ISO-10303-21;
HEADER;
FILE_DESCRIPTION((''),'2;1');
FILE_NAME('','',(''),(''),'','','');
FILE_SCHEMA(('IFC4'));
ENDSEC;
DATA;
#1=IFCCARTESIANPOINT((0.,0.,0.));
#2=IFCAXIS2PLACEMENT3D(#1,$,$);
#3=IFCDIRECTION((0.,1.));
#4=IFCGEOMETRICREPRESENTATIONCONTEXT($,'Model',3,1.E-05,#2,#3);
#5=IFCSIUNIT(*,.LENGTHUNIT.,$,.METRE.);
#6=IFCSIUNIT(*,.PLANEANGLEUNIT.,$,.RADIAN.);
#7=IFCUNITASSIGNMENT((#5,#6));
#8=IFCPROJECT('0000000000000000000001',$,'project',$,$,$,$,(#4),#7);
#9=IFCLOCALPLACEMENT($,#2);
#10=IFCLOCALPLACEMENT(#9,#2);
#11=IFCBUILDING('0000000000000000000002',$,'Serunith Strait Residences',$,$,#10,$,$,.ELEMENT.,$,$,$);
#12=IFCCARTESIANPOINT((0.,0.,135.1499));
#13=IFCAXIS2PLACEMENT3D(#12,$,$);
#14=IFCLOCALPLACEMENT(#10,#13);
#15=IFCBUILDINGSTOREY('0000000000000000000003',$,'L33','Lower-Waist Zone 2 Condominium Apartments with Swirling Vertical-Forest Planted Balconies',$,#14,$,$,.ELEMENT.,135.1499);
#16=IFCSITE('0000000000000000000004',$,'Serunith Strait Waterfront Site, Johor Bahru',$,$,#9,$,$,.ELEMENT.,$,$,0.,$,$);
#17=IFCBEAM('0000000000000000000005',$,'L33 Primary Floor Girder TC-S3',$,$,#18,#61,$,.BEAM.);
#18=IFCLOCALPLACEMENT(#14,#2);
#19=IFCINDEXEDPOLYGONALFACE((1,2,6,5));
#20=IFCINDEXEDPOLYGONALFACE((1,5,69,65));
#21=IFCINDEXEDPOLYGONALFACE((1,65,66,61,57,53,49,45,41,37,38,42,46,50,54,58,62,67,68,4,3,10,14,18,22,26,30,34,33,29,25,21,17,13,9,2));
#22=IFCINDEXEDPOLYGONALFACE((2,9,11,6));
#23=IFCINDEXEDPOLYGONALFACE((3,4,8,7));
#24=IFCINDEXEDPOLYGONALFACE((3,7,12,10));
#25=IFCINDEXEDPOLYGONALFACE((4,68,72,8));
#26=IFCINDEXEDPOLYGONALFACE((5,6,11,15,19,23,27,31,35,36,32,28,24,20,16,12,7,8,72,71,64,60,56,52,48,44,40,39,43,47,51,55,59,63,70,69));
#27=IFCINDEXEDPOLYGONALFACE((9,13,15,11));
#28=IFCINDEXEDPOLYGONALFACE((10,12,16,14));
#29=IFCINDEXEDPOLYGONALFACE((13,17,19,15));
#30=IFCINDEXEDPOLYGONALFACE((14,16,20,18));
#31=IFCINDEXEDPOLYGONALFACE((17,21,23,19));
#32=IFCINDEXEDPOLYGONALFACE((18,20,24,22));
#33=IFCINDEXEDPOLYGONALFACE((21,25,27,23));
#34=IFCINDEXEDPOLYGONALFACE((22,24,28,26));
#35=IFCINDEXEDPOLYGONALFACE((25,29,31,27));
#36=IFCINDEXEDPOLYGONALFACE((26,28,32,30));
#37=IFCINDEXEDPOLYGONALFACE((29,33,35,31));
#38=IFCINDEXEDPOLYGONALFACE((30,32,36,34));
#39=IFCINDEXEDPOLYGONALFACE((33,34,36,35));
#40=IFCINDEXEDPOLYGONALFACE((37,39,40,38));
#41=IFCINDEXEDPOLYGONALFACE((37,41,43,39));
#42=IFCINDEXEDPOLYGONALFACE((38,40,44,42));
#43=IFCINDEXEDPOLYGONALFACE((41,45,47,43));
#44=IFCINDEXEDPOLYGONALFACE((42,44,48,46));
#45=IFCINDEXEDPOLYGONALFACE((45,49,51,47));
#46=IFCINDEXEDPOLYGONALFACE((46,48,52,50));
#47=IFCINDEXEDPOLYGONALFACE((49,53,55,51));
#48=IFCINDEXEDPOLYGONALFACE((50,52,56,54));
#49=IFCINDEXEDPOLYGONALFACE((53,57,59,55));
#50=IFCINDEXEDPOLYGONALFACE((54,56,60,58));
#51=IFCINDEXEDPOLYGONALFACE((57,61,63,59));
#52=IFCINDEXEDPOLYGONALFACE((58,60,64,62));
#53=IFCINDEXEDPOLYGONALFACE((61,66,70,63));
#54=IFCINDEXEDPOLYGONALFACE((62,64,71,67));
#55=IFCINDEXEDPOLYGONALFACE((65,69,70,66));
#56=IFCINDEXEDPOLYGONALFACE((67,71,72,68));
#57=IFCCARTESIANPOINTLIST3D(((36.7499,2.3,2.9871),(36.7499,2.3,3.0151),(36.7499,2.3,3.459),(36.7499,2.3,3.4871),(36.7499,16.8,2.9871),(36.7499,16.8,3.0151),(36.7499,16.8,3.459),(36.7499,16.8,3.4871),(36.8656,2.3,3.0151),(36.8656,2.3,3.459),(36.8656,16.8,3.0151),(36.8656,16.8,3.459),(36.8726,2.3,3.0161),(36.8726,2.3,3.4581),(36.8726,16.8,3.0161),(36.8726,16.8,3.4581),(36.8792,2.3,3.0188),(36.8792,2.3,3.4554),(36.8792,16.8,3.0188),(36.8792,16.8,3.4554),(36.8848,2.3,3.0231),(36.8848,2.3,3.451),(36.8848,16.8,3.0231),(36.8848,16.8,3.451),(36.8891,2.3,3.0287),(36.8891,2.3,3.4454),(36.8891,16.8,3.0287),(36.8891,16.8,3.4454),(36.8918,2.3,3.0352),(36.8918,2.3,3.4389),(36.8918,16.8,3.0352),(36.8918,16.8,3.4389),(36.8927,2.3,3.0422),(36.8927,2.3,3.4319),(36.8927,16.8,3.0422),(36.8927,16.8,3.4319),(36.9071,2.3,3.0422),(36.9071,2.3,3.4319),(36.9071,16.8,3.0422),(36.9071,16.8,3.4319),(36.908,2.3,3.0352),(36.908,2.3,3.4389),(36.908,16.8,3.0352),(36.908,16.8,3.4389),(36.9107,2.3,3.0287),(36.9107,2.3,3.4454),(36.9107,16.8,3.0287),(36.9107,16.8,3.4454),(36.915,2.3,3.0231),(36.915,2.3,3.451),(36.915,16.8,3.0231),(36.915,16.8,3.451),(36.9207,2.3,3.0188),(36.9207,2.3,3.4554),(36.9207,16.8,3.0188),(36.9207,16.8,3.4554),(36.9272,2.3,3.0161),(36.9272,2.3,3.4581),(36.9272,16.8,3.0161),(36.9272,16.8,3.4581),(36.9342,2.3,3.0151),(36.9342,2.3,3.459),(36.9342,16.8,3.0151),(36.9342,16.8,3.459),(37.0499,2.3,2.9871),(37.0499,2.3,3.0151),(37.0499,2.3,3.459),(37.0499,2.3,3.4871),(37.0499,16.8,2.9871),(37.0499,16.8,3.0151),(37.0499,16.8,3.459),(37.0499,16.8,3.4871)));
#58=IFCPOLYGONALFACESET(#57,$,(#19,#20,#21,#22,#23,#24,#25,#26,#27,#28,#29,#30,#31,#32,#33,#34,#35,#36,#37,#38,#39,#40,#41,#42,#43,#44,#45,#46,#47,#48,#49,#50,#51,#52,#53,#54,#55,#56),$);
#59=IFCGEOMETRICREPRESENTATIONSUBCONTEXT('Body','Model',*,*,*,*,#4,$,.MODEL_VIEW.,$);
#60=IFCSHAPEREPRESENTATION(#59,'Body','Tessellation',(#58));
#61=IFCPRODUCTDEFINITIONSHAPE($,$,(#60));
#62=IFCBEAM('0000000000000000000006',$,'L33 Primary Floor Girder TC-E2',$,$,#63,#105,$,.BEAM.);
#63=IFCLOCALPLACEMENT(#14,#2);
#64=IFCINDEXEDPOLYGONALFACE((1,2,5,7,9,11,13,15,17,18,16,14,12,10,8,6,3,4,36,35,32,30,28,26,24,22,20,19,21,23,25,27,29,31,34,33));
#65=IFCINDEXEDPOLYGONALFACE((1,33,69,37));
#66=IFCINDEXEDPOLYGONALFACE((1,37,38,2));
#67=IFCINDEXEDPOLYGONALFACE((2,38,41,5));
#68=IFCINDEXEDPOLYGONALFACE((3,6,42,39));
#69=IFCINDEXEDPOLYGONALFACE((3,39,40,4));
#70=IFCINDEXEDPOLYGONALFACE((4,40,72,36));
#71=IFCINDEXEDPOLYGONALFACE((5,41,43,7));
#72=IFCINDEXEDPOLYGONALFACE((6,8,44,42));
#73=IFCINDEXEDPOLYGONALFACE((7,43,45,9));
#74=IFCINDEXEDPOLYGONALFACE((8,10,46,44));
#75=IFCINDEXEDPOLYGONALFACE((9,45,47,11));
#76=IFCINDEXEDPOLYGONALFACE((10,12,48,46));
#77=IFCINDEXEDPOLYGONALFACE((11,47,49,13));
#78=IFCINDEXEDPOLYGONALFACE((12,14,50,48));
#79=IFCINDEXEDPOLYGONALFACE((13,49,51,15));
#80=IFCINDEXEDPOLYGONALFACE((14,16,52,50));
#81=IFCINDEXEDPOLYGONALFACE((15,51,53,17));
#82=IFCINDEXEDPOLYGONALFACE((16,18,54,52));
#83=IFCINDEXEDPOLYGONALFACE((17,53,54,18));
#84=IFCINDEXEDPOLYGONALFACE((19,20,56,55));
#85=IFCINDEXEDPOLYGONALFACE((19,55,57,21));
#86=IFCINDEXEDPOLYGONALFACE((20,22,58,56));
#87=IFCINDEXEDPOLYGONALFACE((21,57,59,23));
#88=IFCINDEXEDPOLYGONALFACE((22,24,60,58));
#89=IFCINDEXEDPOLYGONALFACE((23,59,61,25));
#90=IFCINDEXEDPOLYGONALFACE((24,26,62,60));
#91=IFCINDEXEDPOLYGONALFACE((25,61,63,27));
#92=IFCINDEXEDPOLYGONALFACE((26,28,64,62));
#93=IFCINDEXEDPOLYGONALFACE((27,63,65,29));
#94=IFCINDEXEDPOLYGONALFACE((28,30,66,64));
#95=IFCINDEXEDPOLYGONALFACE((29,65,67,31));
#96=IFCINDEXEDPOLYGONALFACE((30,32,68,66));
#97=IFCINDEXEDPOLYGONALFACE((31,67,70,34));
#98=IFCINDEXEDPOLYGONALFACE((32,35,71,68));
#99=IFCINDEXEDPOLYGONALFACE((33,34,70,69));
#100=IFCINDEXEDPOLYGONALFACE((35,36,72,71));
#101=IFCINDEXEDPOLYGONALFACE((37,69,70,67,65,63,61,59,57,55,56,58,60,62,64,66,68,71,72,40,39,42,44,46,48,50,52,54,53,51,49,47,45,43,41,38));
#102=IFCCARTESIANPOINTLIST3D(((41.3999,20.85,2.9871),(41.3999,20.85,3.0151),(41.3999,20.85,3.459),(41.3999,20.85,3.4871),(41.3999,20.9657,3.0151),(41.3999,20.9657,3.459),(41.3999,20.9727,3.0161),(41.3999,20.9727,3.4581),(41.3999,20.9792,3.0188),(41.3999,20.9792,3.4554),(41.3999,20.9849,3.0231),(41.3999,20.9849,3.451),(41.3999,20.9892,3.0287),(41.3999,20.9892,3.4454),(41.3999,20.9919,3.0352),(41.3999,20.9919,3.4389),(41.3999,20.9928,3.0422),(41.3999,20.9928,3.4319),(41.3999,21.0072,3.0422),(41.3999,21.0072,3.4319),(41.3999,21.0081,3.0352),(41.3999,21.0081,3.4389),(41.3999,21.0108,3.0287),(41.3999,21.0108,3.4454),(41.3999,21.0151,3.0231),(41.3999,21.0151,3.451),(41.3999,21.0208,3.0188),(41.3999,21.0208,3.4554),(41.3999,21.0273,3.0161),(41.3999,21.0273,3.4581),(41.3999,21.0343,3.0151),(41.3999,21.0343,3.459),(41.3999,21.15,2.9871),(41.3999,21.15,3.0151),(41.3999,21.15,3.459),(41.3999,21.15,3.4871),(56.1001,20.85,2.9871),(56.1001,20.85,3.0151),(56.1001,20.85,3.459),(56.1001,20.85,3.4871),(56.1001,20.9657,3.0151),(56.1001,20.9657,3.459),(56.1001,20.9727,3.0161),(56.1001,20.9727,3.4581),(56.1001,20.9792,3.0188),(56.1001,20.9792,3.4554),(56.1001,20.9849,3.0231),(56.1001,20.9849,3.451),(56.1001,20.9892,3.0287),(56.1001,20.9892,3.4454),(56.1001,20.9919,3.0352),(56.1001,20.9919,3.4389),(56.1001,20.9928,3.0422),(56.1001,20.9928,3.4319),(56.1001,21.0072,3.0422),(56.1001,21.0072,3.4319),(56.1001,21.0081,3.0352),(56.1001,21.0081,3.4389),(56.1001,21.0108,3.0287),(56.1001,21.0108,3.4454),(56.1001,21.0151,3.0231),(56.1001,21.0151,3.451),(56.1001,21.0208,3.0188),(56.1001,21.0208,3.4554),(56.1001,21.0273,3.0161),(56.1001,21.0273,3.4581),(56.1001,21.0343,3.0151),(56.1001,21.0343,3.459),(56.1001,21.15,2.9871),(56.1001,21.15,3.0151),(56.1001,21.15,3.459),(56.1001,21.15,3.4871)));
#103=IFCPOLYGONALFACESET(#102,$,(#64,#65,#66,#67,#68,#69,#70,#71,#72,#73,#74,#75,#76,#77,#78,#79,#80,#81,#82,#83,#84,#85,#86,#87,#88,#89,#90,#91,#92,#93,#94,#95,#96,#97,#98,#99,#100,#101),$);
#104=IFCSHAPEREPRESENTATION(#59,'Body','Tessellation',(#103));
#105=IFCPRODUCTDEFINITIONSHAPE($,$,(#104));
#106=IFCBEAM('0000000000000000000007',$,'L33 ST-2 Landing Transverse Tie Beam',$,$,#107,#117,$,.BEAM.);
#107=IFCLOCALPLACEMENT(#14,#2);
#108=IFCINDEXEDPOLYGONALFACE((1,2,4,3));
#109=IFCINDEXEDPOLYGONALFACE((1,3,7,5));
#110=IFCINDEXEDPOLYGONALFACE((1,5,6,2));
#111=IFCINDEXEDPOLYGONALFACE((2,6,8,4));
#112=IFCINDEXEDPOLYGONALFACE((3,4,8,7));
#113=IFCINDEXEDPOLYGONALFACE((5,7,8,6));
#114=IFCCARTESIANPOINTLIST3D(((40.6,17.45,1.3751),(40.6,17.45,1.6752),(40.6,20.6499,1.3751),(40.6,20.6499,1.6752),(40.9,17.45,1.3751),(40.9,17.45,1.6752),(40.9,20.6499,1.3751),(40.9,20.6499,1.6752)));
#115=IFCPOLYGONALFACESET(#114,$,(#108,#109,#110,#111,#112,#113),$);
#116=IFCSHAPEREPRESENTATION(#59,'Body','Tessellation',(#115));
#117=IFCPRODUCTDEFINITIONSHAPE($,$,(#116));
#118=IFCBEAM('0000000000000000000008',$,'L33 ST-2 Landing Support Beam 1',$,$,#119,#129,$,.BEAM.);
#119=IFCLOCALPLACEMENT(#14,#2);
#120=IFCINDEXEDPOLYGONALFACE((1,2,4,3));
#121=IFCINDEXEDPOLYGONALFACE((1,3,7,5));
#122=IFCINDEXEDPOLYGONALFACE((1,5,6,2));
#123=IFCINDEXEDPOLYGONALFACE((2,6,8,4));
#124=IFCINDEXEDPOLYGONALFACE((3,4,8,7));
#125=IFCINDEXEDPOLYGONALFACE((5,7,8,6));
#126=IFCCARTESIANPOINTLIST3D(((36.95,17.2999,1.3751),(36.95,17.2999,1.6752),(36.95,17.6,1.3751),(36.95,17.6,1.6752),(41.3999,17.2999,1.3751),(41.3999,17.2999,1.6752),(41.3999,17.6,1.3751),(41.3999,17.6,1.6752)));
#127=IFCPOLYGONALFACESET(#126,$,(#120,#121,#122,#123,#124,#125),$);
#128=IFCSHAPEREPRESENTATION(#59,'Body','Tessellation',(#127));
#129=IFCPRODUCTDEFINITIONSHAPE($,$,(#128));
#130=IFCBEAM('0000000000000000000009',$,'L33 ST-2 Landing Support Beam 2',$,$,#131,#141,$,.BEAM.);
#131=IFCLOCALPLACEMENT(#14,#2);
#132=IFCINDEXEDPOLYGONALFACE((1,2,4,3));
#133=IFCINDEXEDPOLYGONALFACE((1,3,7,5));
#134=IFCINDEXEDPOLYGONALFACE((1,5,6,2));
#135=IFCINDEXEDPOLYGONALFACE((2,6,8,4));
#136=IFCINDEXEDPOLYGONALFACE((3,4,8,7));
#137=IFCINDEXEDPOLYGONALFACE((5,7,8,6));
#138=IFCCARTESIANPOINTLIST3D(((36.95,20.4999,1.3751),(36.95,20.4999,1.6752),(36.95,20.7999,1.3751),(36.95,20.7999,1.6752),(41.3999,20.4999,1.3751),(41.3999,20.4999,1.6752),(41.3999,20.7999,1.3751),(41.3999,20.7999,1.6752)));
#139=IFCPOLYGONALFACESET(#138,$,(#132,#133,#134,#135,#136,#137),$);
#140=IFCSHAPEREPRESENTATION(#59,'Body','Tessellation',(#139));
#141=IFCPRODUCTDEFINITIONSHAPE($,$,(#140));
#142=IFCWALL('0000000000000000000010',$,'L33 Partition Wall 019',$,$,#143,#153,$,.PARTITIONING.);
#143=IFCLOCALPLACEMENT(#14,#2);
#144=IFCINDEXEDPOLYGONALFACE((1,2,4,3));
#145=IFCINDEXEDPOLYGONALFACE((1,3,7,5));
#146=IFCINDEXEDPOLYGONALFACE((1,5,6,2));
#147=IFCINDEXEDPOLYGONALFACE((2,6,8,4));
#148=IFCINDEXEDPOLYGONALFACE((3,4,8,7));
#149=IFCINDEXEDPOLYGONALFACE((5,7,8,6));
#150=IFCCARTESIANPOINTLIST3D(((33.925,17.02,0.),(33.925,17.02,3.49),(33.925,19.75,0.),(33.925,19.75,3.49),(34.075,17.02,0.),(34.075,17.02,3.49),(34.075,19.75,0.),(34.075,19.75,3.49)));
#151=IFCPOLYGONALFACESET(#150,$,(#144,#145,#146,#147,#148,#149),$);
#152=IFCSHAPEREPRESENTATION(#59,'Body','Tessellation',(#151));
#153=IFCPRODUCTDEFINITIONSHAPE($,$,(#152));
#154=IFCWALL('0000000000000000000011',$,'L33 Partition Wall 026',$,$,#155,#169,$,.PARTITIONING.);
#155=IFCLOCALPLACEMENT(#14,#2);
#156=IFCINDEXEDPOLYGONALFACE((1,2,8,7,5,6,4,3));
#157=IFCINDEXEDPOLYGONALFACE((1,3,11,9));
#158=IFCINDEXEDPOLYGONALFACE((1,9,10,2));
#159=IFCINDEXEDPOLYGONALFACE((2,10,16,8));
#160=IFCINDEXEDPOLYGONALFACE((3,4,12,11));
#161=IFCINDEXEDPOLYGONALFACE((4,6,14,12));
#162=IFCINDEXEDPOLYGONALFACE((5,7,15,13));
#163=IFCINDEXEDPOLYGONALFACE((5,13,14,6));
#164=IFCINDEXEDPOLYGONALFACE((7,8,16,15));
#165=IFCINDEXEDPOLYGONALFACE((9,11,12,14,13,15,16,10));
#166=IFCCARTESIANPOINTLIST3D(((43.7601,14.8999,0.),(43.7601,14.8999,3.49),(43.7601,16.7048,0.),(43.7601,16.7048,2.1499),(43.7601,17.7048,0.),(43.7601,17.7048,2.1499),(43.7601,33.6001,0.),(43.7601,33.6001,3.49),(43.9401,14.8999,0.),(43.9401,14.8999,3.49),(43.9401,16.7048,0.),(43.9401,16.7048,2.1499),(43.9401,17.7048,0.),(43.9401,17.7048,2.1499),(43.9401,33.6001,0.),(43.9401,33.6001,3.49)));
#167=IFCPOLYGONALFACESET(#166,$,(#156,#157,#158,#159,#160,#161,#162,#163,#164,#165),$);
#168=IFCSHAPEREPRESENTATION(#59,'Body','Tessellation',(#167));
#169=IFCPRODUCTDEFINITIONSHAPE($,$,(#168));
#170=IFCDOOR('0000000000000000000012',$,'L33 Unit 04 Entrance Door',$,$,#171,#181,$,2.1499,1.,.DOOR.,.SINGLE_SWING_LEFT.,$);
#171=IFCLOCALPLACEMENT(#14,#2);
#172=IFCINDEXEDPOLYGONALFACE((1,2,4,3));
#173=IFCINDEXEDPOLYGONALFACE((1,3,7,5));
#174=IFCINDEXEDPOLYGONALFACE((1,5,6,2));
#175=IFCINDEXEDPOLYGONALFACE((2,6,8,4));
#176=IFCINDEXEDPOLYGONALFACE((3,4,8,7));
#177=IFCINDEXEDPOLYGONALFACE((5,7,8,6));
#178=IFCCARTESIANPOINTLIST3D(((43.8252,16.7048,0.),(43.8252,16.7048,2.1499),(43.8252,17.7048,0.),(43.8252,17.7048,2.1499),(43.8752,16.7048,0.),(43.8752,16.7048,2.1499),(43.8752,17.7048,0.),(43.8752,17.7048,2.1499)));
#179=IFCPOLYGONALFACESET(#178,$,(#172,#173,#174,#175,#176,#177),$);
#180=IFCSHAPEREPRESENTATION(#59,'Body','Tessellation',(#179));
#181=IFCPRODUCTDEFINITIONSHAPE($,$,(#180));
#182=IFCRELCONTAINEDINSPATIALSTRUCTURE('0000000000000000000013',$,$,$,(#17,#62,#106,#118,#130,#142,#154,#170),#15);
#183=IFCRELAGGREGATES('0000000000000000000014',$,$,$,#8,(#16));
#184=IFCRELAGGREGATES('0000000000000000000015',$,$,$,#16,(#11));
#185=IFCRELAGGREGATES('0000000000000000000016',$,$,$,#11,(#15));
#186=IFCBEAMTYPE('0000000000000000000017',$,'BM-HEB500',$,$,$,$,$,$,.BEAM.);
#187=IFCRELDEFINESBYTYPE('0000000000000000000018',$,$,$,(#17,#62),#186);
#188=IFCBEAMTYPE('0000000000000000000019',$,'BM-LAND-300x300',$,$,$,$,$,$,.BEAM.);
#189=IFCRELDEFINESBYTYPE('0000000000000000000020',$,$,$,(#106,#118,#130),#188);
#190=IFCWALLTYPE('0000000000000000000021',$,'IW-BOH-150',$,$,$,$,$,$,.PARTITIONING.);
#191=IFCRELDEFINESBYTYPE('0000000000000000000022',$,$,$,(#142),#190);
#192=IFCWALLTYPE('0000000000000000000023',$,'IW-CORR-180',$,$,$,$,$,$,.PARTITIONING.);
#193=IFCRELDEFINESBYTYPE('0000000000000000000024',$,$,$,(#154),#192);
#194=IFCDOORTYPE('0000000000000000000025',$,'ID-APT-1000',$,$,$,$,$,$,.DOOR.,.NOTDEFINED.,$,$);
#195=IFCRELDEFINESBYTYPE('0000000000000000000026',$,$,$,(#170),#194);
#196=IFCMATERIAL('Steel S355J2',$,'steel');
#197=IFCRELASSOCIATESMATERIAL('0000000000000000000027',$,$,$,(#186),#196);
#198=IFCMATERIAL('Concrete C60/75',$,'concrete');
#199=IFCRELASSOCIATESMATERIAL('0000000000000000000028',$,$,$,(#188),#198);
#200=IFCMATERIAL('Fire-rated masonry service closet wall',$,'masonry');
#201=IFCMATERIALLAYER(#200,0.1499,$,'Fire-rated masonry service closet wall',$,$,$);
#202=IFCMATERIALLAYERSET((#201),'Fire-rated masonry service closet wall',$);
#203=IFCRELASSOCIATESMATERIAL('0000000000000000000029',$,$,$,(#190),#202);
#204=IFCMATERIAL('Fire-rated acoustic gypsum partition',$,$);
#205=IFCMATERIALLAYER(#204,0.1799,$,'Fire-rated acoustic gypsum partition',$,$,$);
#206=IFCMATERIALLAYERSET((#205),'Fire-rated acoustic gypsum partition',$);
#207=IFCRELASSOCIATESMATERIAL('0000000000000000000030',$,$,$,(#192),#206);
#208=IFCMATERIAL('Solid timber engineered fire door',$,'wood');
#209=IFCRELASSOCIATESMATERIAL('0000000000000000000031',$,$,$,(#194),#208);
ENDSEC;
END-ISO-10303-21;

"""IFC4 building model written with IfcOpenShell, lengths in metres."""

from ifc_helpers import new_model, si_unit, direction, frame, frame_2d, origin, origin_2d, place, context, subcontext, project, spatial, rectangle, i_section, extrude, source, transform, mapped, material, layer, layer_set, material_profile, profile_set, type_object, element, fill, save


model = new_model("IFC4")

# Units and contexts
model_context = context("Model", 3, precision=1e-05, world=origin(), true_north=direction((0.0, 1.0)))
body_context = subcontext(model_context, "Body", "Model", "MODEL_VIEW")
ifc_project = project(units=[si_unit("LENGTHUNIT", "METRE"), si_unit("PLANEANGLEUNIT", "RADIAN")], contexts=[model_context])

# Site, building, storey
site_placement = place(None, origin())
site = spatial("IfcSite", under=ifc_project, at=site_placement, Name="Serunith Strait Waterfront Site, Johor Bahru", CompositionType="ELEMENT", RefElevation=0.0)
building_placement = place(site_placement, origin())
building = spatial("IfcBuilding", under=site, at=building_placement, Name="Serunith Strait Residences", CompositionType="ELEMENT")
storey_placement = place(building_placement, frame((0.0, 0.0, 135.1499)))
storey = spatial("IfcBuildingStorey", under=building, at=storey_placement, Name="L33", Description="Lower-Waist Zone 2 Condominium Apartments with Swirling Vertical-Forest Planted Balconies", CompositionType="ELEMENT", Elevation=135.1499)

# Beams
ifc_material_1 = material(Name="Steel S355J2", Category="steel")
ifc_material_profile_1 = material_profile(ifc_material_1, i_section(OverallWidth=0.3, OverallDepth=0.5, WebThickness=0.0144, FlangeThickness=0.0281, FilletRadius=0.0271, at=origin_2d()), Name="HEB 500")
ifc_profile_set_1 = profile_set([ifc_material_profile_1], Name="Steel S355J2")
beam_type_1 = type_object("IfcBeamType", Name="BM-HEB500", PredefinedType="BEAM", material=ifc_profile_set_1)
shared_shape_1 = source(origin(), body_context, "Body", "SweptSolid", [
    extrude(i_section(OverallWidth=0.3, OverallDepth=0.5, WebThickness=0.0144, FlangeThickness=0.0281, FilletRadius=0.0271, at=origin_2d()), origin(), (0.0, 0.0, 1.0), 14.5),
])
beam_1_placement = place(storey_placement, frame((36.8999, 16.8, 3.2371), z_axis=(0.0, -1.0, 0.0), x_axis=(1.0, 0.0, 0.0)))
element("IfcBeam", 1, at=beam_1_placement, inside=storey, type_object=beam_type_1, Name="L33 Primary Floor Girder TC-S3", PredefinedType="BEAM", context=body_context, shape_type="MappedRepresentation", body=[
    mapped(shared_shape_1, transform((0.0, 0.0, 0.0), scale=1.0)),
])
shared_shape_2 = source(origin(), body_context, "Body", "SweptSolid", [
    extrude(i_section(OverallWidth=0.3, OverallDepth=0.5, WebThickness=0.0144, FlangeThickness=0.0281, FilletRadius=0.0271, at=origin_2d()), origin(), (0.0, 0.0, 1.0), 14.7002),
])
beam_2_placement = place(storey_placement, frame((41.3999, 21.0, 3.2371), z_axis=(1.0, 0.0, 0.0), x_axis=(0.0, 1.0, 0.0)))
element("IfcBeam", 2, at=beam_2_placement, inside=storey, type_object=beam_type_1, Name="L33 Primary Floor Girder TC-E2", PredefinedType="BEAM", context=body_context, shape_type="MappedRepresentation", body=[
    mapped(shared_shape_2, transform((0.0, 0.0, 0.0), scale=1.0)),
])
ifc_material_2 = material(Name="Concrete C60/75", Category="concrete")
ifc_material_profile_2 = material_profile(ifc_material_2, rectangle(XDim=0.3, YDim=0.3, at=origin_2d()), Name="RC 300x300")
ifc_profile_set_2 = profile_set([ifc_material_profile_2], Name="Concrete C60/75")
beam_type_2 = type_object("IfcBeamType", Name="BM-LAND-300x300", PredefinedType="BEAM", material=ifc_profile_set_2)
shared_shape_3 = source(origin(), body_context, "Body", "SweptSolid", [
    extrude(rectangle(XDim=0.3, YDim=0.3, at=origin_2d()), origin(), (0.0, 0.0, 1.0), 3.2),
])
beam_3_placement = place(storey_placement, frame((40.75, 17.45, 1.5251), z_axis=(0.0, 1.0, 0.0), x_axis=(-1.0, 0.0, 0.0)))
element("IfcBeam", 3, at=beam_3_placement, inside=storey, type_object=beam_type_2, Name="L33 ST-2 Landing Transverse Tie Beam", PredefinedType="BEAM", context=body_context, shape_type="MappedRepresentation", body=[
    mapped(shared_shape_3, transform((0.0, 0.0, 0.0), scale=1.0)),
])
shared_shape_4 = source(origin(), body_context, "Body", "SweptSolid", [
    extrude(rectangle(XDim=0.3, YDim=0.3, at=origin_2d()), origin(), (0.0, 0.0, 1.0), 4.45),
])
for number, where, z_axis, x_axis, name in (
    (4, (36.95, 17.45, 1.5251), (1.0, 0.0, 0.0), (0.0, 1.0, 0.0), "L33 ST-2 Landing Support Beam 1"),
    (5, (36.95, 20.6499, 1.5251), (1.0, 0.0, 0.0), (0.0, 1.0, 0.0), "L33 ST-2 Landing Support Beam 2"),
):
    element("IfcBeam", number, at=place(storey_placement, frame(where, z_axis=z_axis, x_axis=x_axis)), inside=storey, type_object=beam_type_2, Name=name, PredefinedType="BEAM", context=body_context, shape_type="MappedRepresentation", body=[
        mapped(shared_shape_4, transform((0.0, 0.0, 0.0), scale=1.0)),
    ])

# Wall
ifc_material_3 = material(Name="Fire-rated masonry service closet wall", Category="masonry")
ifc_layer_1 = layer(ifc_material_3, 0.1499, Name="Fire-rated masonry service closet wall")
ifc_layer_set_1 = layer_set([ifc_layer_1], Name="Fire-rated masonry service closet wall")
wall_type_1 = type_object("IfcWallType", Name="IW-BOH-150", PredefinedType="PARTITIONING", material=ifc_layer_set_1)
wall_1_placement = place(storey_placement, frame((34.0, 17.02, 0.0), z_axis=(0.0, 0.0, 1.0), x_axis=(0.0, 1.0, 0.0)))
element("IfcWall", 6, at=wall_1_placement, inside=storey, type_object=wall_type_1, Name="L33 Partition Wall 019", PredefinedType="PARTITIONING", context=body_context, shape_type="SweptSolid", body=[
    extrude(rectangle(XDim=2.73, YDim=0.1499, at=frame_2d((1.365, 0.0))), origin(), (0.0, 0.0, 1.0), 3.49),
])

# Wall, opening, door
ifc_material_4 = material(Name="Fire-rated acoustic gypsum partition")
ifc_layer_2 = layer(ifc_material_4, 0.1799, Name="Fire-rated acoustic gypsum partition")
ifc_layer_set_2 = layer_set([ifc_layer_2], Name="Fire-rated acoustic gypsum partition")
wall_type_2 = type_object("IfcWallType", Name="IW-CORR-180", PredefinedType="PARTITIONING", material=ifc_layer_set_2)
wall_2_placement = place(storey_placement, frame((43.8501, 14.8999, 0.0), z_axis=(0.0, 0.0, 1.0), x_axis=(0.0, 1.0, 0.0)))
wall_2 = element("IfcWall", 7, at=wall_2_placement, inside=storey, type_object=wall_type_2, Name="L33 Partition Wall 026", PredefinedType="PARTITIONING", context=body_context, shape_type="SweptSolid", body=[
    extrude(rectangle(XDim=18.7002, YDim=0.1799, at=frame_2d((9.3501, 0.0))), origin(), (0.0, 0.0, 1.0), 3.49),
])
opening_1_placement = place(wall_2_placement, frame((1.8049, 0.0, 0.0)))
opening_1 = element("IfcOpeningElement", 8, at=opening_1_placement, cuts=wall_2, PredefinedType="OPENING", context=body_context, shape_type="SweptSolid", body=[
    extrude(rectangle(XDim=1.0, YDim=2.1499, at=frame_2d((0.5, 1.075))), frame((0.0, 0.1001, 0.0), z_axis=(0.0, -1.0, 0.0), x_axis=(1.0, 0.0, 0.0)), (0.0, 0.0, 1.0), 0.2),
])
ifc_material_5 = material(Name="Solid timber engineered fire door", Category="wood")
door_type_1 = type_object("IfcDoorType", Name="ID-APT-1000", OperationType="NOTDEFINED", PredefinedType="DOOR", material=ifc_material_5)
shared_shape_5 = source(origin(), body_context, "Body", "SweptSolid", [
    extrude(rectangle(XDim=1.0, YDim=2.1499, at=frame_2d((0.5, 1.075))), frame((0.0, 0.0249, 0.0), z_axis=(0.0, -1.0, 0.0), x_axis=(1.0, 0.0, 0.0)), (0.0, 0.0, 1.0), 0.05),
])
door_1_placement = place(opening_1_placement, origin())
door_1 = element("IfcDoor", 9, at=door_1_placement, inside=storey, type_object=door_type_1, Name="L33 Unit 04 Entrance Door", OperationType="SINGLE_SWING_LEFT", OverallHeight=2.1499, OverallWidth=1.0, PredefinedType="DOOR", context=body_context, shape_type="MappedRepresentation", body=[
    mapped(shared_shape_5, transform((0.0, 0.0, 0.0), scale=1.0)),
])
fill(opening_1, door_1)

save(model, "model.ifc")
